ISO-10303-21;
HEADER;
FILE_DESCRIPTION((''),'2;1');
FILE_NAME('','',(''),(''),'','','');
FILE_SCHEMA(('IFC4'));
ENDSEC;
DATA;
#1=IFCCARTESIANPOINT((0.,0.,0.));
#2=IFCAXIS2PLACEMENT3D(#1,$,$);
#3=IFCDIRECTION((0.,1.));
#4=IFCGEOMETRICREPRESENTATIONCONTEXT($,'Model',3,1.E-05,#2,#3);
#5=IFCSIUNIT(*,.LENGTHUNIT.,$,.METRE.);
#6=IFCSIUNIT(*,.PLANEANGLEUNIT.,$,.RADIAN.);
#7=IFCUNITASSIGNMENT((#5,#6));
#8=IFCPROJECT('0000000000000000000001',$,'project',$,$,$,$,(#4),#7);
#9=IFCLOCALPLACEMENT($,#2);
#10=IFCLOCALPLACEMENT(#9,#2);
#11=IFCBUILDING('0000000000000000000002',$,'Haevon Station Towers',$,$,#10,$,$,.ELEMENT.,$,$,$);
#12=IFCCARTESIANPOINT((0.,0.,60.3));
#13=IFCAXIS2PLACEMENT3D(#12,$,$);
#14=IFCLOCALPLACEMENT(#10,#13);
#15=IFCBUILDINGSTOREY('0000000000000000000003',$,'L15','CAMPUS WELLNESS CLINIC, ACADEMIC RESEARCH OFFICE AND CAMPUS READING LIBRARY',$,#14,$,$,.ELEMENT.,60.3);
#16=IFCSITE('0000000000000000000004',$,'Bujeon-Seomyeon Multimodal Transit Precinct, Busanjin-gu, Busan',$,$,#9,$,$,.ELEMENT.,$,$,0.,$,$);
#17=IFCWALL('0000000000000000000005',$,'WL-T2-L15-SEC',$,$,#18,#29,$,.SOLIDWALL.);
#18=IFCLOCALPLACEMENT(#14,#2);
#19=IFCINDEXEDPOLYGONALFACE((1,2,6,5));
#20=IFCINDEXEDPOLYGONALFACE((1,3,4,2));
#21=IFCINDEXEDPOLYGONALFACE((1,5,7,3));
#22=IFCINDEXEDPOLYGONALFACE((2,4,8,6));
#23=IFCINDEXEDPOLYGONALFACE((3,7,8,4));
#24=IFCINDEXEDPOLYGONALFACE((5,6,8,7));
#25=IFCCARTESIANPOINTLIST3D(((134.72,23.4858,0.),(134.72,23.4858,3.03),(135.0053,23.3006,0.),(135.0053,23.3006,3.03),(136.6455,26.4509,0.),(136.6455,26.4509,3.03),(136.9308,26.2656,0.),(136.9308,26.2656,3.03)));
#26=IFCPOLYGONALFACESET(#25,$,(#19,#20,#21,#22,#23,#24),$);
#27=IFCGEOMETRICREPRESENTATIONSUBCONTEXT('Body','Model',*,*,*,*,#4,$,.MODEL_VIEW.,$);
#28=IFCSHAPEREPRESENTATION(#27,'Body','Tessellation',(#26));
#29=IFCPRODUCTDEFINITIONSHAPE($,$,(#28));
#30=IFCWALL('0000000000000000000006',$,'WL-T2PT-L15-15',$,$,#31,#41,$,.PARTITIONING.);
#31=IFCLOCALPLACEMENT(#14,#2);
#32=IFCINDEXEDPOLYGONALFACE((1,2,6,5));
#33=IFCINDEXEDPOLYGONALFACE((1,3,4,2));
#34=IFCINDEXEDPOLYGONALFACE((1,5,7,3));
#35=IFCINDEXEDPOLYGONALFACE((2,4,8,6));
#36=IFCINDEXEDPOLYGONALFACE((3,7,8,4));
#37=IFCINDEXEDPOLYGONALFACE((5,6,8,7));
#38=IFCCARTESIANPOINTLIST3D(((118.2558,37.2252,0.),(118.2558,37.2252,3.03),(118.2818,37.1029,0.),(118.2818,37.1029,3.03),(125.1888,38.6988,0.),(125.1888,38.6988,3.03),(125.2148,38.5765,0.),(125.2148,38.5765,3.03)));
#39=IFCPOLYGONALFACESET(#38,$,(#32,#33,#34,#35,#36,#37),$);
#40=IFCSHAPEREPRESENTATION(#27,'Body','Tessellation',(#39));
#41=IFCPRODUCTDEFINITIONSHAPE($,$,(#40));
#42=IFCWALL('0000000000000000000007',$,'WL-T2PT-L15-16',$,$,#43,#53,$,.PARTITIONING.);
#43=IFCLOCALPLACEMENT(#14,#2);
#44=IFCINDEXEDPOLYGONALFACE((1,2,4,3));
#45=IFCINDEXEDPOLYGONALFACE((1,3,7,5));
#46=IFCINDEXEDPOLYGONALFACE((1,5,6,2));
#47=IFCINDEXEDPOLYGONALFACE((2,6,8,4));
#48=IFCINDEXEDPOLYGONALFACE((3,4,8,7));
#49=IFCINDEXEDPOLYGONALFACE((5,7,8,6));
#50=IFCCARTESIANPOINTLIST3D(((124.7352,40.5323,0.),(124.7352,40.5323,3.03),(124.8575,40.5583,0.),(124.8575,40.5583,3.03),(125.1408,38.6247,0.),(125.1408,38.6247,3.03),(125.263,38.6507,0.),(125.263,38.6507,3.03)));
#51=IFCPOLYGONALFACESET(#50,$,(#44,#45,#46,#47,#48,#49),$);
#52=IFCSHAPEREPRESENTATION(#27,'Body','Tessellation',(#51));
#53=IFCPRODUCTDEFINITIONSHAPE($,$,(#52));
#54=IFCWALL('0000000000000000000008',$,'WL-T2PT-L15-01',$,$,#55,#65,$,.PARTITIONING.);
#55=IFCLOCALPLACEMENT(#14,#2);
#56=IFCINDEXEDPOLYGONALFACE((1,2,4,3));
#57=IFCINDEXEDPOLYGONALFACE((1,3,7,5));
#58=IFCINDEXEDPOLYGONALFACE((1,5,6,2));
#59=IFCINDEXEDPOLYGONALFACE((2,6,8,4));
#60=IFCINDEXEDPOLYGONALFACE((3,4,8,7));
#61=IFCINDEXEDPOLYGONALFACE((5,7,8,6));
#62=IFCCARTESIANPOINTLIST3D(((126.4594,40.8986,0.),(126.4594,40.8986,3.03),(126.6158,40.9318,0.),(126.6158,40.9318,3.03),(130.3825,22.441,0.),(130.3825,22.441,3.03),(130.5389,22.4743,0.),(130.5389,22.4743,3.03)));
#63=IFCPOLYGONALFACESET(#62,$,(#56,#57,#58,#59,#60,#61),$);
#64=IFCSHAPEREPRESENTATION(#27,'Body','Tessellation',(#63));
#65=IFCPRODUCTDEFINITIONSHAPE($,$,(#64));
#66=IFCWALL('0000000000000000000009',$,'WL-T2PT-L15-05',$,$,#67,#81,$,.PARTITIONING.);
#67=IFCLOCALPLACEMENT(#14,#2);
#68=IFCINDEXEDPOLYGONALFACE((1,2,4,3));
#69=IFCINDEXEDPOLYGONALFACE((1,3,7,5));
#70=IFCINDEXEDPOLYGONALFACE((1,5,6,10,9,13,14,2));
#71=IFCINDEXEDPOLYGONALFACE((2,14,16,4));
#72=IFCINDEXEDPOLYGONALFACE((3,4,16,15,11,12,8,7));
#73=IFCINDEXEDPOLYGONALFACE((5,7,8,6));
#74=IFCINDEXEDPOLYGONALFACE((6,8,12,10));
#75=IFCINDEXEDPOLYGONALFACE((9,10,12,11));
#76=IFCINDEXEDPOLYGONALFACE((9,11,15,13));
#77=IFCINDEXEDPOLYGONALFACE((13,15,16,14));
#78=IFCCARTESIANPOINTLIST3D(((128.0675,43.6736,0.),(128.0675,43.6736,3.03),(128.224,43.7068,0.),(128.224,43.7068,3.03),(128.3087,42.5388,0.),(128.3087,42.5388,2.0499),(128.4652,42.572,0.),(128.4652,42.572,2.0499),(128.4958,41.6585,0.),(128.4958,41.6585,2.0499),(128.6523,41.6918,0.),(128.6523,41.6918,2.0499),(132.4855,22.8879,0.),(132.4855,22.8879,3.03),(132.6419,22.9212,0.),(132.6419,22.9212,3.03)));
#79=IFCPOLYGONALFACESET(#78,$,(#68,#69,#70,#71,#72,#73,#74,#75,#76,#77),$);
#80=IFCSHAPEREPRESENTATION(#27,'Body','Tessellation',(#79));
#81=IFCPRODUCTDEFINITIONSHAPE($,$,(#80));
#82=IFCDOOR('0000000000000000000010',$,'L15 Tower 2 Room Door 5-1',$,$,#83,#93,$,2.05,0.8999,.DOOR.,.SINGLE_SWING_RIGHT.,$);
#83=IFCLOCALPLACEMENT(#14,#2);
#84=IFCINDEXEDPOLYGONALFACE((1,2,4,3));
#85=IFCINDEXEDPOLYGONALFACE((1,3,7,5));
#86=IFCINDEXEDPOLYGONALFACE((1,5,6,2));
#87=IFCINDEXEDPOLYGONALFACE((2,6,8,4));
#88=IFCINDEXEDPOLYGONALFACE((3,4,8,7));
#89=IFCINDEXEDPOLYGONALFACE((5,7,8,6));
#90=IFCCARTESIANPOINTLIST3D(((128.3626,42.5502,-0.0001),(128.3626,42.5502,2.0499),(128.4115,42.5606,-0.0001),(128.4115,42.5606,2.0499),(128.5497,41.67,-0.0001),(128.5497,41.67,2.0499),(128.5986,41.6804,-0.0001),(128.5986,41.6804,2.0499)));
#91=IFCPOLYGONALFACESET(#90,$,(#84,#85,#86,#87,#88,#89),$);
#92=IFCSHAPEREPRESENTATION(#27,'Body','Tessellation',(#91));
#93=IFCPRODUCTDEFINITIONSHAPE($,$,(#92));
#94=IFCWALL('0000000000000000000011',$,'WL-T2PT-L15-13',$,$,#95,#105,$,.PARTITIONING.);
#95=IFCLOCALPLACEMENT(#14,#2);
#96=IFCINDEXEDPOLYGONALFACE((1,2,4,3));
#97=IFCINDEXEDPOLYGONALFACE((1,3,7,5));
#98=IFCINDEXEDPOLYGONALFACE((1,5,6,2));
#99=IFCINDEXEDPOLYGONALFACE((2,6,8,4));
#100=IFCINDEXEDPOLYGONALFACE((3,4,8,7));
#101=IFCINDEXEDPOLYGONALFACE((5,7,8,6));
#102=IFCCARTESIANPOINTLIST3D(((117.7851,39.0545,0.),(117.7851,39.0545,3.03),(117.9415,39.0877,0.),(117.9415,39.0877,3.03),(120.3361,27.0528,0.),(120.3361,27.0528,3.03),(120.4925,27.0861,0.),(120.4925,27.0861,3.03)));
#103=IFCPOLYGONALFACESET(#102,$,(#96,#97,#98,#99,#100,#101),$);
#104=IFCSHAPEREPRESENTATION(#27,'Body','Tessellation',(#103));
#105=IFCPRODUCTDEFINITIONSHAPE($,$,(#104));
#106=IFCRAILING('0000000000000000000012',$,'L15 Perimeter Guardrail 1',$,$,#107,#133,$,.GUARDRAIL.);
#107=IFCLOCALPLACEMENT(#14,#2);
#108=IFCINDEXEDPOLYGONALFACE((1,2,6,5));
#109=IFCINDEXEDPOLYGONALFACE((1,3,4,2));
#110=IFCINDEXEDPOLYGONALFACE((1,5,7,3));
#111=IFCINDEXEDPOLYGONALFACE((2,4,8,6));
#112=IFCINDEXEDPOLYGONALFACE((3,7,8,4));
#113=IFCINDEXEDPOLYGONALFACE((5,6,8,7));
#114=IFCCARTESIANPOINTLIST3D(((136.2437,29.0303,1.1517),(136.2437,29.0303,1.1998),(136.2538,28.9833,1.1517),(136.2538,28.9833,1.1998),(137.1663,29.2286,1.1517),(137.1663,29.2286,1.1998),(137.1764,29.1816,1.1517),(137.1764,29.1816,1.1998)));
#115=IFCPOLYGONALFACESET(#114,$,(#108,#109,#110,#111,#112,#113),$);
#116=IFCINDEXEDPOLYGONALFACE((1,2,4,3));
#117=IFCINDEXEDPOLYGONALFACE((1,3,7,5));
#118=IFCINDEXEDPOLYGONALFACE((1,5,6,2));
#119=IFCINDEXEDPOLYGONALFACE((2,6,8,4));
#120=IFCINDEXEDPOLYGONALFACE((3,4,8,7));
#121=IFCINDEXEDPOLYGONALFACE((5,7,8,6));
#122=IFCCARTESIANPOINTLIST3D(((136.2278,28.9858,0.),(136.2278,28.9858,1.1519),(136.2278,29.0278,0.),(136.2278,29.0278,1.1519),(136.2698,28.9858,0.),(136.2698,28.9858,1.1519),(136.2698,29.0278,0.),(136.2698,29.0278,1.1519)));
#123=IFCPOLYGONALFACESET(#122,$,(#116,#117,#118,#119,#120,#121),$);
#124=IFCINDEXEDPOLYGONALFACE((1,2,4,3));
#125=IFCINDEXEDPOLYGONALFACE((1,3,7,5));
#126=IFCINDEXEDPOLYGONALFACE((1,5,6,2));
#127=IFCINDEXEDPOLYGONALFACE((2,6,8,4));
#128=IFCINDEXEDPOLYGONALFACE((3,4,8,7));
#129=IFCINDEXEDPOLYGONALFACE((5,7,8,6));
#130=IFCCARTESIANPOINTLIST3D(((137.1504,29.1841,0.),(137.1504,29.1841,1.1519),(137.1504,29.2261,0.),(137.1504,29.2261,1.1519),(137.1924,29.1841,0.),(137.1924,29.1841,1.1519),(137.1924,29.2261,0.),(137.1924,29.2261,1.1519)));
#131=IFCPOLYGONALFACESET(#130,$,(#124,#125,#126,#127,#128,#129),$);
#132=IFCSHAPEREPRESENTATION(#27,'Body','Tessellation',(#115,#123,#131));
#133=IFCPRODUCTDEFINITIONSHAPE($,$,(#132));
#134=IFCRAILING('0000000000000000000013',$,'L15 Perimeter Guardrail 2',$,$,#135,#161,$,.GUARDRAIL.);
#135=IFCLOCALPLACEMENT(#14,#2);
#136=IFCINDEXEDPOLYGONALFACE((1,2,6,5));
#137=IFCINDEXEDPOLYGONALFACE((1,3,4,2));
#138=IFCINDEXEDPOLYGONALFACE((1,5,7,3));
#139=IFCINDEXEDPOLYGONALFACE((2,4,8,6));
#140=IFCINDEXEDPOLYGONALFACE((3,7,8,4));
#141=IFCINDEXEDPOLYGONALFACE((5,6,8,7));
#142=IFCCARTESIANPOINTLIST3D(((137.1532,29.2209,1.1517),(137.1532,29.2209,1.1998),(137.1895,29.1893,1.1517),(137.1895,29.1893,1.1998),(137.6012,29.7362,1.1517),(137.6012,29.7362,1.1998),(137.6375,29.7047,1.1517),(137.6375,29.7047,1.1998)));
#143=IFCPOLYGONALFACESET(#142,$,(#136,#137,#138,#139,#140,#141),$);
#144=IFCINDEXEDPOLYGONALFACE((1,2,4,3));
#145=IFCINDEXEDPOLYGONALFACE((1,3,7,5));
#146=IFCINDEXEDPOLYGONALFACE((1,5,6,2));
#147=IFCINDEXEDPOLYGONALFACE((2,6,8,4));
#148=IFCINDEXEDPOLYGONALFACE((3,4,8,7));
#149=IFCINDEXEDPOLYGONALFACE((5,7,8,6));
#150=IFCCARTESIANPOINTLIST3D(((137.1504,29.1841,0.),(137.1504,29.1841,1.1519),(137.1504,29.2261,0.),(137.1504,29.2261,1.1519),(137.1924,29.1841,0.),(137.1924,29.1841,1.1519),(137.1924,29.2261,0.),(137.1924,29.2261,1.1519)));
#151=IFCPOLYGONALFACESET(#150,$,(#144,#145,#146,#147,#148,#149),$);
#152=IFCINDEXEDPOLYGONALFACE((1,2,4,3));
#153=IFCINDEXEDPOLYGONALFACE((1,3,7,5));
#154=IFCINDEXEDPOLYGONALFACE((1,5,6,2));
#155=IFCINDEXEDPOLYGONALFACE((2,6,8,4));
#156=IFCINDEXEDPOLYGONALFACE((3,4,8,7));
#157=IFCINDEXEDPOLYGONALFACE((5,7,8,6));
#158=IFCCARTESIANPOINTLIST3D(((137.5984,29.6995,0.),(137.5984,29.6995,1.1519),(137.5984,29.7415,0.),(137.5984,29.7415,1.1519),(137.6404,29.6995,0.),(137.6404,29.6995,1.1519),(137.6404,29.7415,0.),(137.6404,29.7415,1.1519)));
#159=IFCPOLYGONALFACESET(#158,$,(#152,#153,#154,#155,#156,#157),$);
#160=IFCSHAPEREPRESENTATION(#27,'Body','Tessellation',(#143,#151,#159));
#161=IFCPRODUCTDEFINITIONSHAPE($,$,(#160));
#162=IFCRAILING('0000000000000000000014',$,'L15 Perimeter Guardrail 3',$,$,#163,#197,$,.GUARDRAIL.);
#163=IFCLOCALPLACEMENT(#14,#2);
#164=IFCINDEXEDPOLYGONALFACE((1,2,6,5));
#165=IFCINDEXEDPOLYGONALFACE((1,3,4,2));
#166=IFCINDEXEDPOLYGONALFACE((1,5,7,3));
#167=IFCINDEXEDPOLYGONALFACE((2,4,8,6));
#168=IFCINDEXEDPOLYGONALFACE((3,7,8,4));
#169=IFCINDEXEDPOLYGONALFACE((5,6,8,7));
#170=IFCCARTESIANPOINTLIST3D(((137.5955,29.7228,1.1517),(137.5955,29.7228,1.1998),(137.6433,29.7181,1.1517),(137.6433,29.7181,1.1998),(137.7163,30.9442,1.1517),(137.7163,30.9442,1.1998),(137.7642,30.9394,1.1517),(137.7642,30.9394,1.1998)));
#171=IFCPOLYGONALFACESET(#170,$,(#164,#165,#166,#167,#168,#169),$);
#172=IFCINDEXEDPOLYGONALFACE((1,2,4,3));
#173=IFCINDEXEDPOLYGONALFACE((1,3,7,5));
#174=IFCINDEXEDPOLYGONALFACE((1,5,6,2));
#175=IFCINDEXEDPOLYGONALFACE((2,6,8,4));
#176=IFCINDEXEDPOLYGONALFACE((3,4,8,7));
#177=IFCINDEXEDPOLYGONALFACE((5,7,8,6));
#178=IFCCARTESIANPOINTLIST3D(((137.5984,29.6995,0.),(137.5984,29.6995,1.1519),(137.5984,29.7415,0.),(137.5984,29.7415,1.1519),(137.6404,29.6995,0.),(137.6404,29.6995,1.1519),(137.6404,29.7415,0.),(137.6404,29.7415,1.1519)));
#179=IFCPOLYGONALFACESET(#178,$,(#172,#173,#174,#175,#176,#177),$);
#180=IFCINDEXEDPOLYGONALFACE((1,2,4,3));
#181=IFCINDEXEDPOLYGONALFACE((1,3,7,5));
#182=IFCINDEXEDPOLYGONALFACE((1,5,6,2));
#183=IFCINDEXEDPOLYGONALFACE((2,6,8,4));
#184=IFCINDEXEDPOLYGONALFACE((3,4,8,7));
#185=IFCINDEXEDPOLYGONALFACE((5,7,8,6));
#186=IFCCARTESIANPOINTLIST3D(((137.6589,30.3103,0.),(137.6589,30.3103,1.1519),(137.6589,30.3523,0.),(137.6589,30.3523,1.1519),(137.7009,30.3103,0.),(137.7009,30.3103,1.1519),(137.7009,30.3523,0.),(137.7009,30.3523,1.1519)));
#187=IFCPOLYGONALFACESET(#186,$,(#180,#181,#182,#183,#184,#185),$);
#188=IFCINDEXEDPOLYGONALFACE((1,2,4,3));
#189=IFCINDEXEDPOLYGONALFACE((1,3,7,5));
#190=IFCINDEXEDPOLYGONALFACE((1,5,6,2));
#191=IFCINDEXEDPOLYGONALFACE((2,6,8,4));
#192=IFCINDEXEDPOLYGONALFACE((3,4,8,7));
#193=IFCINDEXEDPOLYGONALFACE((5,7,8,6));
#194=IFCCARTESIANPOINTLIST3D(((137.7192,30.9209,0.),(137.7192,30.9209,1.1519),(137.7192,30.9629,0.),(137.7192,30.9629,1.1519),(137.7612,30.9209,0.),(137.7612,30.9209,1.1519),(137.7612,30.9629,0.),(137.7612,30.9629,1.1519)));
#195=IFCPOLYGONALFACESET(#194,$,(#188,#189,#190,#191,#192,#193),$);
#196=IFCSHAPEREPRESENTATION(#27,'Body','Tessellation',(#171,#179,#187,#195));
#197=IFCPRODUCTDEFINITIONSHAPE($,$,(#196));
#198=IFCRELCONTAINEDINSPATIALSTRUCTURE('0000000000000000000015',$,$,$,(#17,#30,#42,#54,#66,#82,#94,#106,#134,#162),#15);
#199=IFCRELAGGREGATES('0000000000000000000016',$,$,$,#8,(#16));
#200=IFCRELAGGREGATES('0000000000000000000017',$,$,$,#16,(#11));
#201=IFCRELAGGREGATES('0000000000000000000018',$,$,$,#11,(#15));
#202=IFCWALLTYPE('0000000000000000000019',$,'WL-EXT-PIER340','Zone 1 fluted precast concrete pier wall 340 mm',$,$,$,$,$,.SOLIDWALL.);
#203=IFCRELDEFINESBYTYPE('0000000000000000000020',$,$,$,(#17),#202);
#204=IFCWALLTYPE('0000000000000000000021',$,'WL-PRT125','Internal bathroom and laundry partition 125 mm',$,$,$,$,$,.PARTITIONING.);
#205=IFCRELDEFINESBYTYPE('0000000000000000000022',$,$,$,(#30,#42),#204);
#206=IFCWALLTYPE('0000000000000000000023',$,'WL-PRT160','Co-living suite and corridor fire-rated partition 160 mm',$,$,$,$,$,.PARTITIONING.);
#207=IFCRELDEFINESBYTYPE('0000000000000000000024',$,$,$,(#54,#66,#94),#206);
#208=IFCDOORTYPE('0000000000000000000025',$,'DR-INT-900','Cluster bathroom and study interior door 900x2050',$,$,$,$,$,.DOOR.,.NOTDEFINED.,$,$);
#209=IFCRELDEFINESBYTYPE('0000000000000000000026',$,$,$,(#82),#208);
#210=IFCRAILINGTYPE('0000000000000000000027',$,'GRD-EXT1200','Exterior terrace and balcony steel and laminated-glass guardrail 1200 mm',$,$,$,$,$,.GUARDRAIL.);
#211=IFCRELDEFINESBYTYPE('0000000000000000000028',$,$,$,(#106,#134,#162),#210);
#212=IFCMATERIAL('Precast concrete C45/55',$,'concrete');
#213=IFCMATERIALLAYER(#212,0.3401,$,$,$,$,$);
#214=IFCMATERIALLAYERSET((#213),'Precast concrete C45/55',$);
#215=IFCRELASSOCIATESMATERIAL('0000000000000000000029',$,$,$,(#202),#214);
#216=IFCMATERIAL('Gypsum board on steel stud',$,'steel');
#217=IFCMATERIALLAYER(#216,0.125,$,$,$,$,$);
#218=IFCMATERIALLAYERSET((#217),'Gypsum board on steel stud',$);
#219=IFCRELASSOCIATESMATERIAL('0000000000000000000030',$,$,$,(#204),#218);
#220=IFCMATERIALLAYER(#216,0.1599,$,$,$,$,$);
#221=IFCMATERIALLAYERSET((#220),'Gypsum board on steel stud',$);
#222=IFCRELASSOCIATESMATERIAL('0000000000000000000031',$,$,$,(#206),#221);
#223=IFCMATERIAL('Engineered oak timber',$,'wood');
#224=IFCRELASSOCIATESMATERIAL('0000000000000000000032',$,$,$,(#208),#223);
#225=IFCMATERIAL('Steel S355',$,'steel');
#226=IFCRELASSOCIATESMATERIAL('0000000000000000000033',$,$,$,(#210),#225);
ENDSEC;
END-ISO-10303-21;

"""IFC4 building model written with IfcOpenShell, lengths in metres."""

from ifc_helpers import new_model, si_unit, direction, frame, frame_2d, origin, origin_2d, place, context, subcontext, project, spatial, rectangle, extrude, material, layer, layer_set, type_object, element, fill, save


model = new_model("IFC4")

# Units and contexts
model_context = context("Model", 3, precision=1e-05, world=origin(), true_north=direction((0.0, 1.0)))
body_context = subcontext(model_context, "Body", "Model", "MODEL_VIEW")
ifc_project = project(units=[si_unit("LENGTHUNIT", "METRE"), si_unit("PLANEANGLEUNIT", "RADIAN")], contexts=[model_context])

# Site, building, storey
site_placement = place(None, origin())
site = spatial("IfcSite", under=ifc_project, at=site_placement, Name="Bujeon-Seomyeon Multimodal Transit Precinct, Busanjin-gu, Busan", CompositionType="ELEMENT", RefElevation=0.0)
building_placement = place(site_placement, origin())
building = spatial("IfcBuilding", under=site, at=building_placement, Name="Haevon Station Towers", CompositionType="ELEMENT")
storey_placement = place(building_placement, frame((0.0, 0.0, 60.3)))
storey = spatial("IfcBuildingStorey", under=building, at=storey_placement, Name="L15", Description="CAMPUS WELLNESS CLINIC, ACADEMIC RESEARCH OFFICE AND CAMPUS READING LIBRARY", CompositionType="ELEMENT", Elevation=60.3)

# Shared definitions
ifc_material_1 = material(Name="Steel S355", Category="steel")

# Shared definitions
ifc_material_2 = material(Name="Precast concrete C45/55", Category="concrete")
ifc_layer_1 = layer(ifc_material_2, 0.3401)
ifc_layer_set_1 = layer_set([ifc_layer_1], Name="Precast concrete C45/55")
wall_type_1 = type_object("IfcWallType", Name="WL-EXT-PIER340", Description="Zone 1 fluted precast concrete pier wall 340 mm", PredefinedType="SOLIDWALL", material=ifc_layer_set_1)

# Walls
wall_1_placement = place(storey_placement, frame((136.7881, 26.3582, 0.0), z_axis=(0.0, 0.0, 1.0), x_axis=(-0.544636, -0.838672, 0.0)))
element("IfcWall", 1, at=wall_1_placement, inside=storey, type_object=wall_type_1, Name="WL-T2-L15-SEC", PredefinedType="SOLIDWALL", context=body_context, shape_type="SweptSolid", body=[
    extrude(rectangle(XDim=3.5354, YDim=0.3401, at=frame_2d((1.7676, 0.0))), origin(), (0.0, 0.0, 1.0), 3.03),
])
ifc_material_3 = material(Name="Gypsum board on steel stud", Category="steel")
ifc_layer_2 = layer(ifc_material_3, 0.125)
ifc_layer_set_2 = layer_set([ifc_layer_2], Name="Gypsum board on steel stud")
wall_type_2 = type_object("IfcWallType", Name="WL-PRT125", Description="Internal bathroom and laundry partition 125 mm", PredefinedType="PARTITIONING", material=ifc_layer_set_2)
wall_2_placement = place(storey_placement, frame((118.2688, 37.1641, 0.0), z_axis=(0.0, 0.0, 1.0), x_axis=(0.978149, 0.207906, 0.0)))
element("IfcWall", 2, at=wall_2_placement, inside=storey, type_object=wall_type_2, Name="WL-T2PT-L15-15", PredefinedType="PARTITIONING", context=body_context, shape_type="SweptSolid", body=[
    extrude(rectangle(XDim=7.0879, YDim=0.125, at=frame_2d((3.5439, 0.0))), origin(), (0.0, 0.0, 1.0), 3.03),
])
wall_3_placement = place(storey_placement, frame((125.2019, 38.6377, 0.0), z_axis=(0.0, 0.0, 1.0), x_axis=(-0.207947, 0.97814, 0.0)))
element("IfcWall", 3, at=wall_3_placement, inside=storey, type_object=wall_type_2, Name="WL-T2PT-L15-16", PredefinedType="PARTITIONING", context=body_context, shape_type="SweptSolid", body=[
    extrude(rectangle(XDim=1.9502, YDim=0.125, at=frame_2d((0.9751, 0.0))), origin(), (0.0, 0.0, 1.0), 3.03),
])
ifc_layer_3 = layer(ifc_material_3, 0.1599)
ifc_layer_set_3 = layer_set([ifc_layer_3], Name="Gypsum board on steel stud")
wall_type_3 = type_object("IfcWallType", Name="WL-PRT160", Description="Co-living suite and corridor fire-rated partition 160 mm", PredefinedType="PARTITIONING", material=ifc_layer_set_3)
wall_4_placement = place(storey_placement, frame((130.4607, 22.4575, 0.0), z_axis=(0.0, 0.0, 1.0), x_axis=(-0.207903, 0.978149, 0.0)))
element("IfcWall", 4, at=wall_4_placement, inside=storey, type_object=wall_type_3, Name="WL-T2PT-L15-01", PredefinedType="PARTITIONING", context=body_context, shape_type="SweptSolid", body=[
    extrude(rectangle(XDim=18.8699, YDim=0.1599, at=frame_2d((9.4351, 0.0))), origin(), (0.0, 0.0, 1.0), 3.03),
])

# Wall, opening, door
wall_5_placement = place(storey_placement, frame((132.5637, 22.9045, 0.0), z_axis=(0.0, 0.0, 1.0), x_axis=(-0.207905, 0.978149, 0.0)))
wall_5 = element("IfcWall", 5, at=wall_5_placement, inside=storey, type_object=wall_type_3, Name="WL-T2PT-L15-05", PredefinedType="PARTITIONING", context=body_context, shape_type="SweptSolid", body=[
    extrude(rectangle(XDim=21.25, YDim=0.1599, at=frame_2d((10.625, 0.0))), origin(), (0.0, 0.0, 1.0), 3.03),
])
opening_1_placement = place(wall_5_placement, frame((19.1899, 0.0, 0.0)))
opening_1 = element("IfcOpeningElement", 6, at=opening_1_placement, cuts=wall_5, PredefinedType="OPENING", context=body_context, shape_type="SweptSolid", body=[
    extrude(rectangle(XDim=0.8999, YDim=2.05, at=frame_2d((0.45, 1.0249))), frame((0.0, 0.0898, 0.0), z_axis=(0.0, -1.0, 0.0), x_axis=(1.0, 0.0, 0.0)), (0.0, 0.0, 1.0), 0.1799),
])
ifc_material_4 = material(Name="Engineered oak timber", Category="wood")
door_type_1 = type_object("IfcDoorType", Name="DR-INT-900", Description="Cluster bathroom and study interior door 900x2050", OperationType="NOTDEFINED", PredefinedType="DOOR", material=ifc_material_4)
door_1_placement = place(opening_1_placement, origin())
door_1 = element("IfcDoor", 7, at=door_1_placement, inside=storey, type_object=door_type_1, Name="L15 Tower 2 Room Door 5-1", OperationType="SINGLE_SWING_RIGHT", OverallHeight=2.05, OverallWidth=0.8999, PredefinedType="DOOR", context=body_context, shape_type="SweptSolid", body=[
    extrude(rectangle(XDim=0.8999, YDim=2.05, at=frame_2d((0.45, 1.0249))), frame((0.0, 0.0249, 0.0), z_axis=(0.0, -1.0, 0.0), x_axis=(1.0, 0.0, 0.0)), (0.0, 0.0, 1.0), 0.05),
])
fill(opening_1, door_1)

# Wall
wall_6_placement = place(storey_placement, frame((120.4143, 27.0696, 0.0), z_axis=(0.0, 0.0, 1.0), x_axis=(-0.20791, 0.978148, 0.0)))
element("IfcWall", 8, at=wall_6_placement, inside=storey, type_object=wall_type_3, Name="WL-T2PT-L15-13", PredefinedType="PARTITIONING", context=body_context, shape_type="SweptSolid", body=[
    extrude(rectangle(XDim=12.2698, YDim=0.1599, at=frame_2d((6.1348, 0.0))), origin(), (0.0, 0.0, 1.0), 3.03),
])

# Railings
railing_type = type_object("IfcRailingType", Name="GRD-EXT1200", Description="Exterior terrace and balcony steel and laminated-glass guardrail 1200 mm", PredefinedType="GUARDRAIL", material=ifc_material_1)
railing_1_placement = place(storey_placement, frame((136.2488, 29.0068, 0.0)))
element("IfcRailing", 9, at=railing_1_placement, inside=storey, type_object=railing_type, Name="L15 Perimeter Guardrail 1", PredefinedType="GUARDRAIL", context=body_context, shape_type="SweptSolid", body=[
    extrude(rectangle(XDim=0.0481, YDim=0.0481, at=origin_2d()), frame((0.0, 0.0, 1.1758), z_axis=(0.977685, 0.210077, 0.0), x_axis=(-0.210077, 0.977685, 0.0)), (0.0, 0.0, 1.0), 0.9436),
    extrude(rectangle(XDim=0.042, YDim=0.042, at=origin_2d()), origin(), (0.0, 0.0, 1.0), 1.1519),
    extrude(rectangle(XDim=0.042, YDim=0.042, at=origin_2d()), frame((0.9226, 0.1982, 0.0)), (0.0, 0.0, 1.0), 1.1519),
])
railing_2_placement = place(storey_placement, frame((137.1714, 29.2051, 0.0)))
element("IfcRailing", 10, at=railing_2_placement, inside=storey, type_object=railing_type, Name="L15 Perimeter Guardrail 2", PredefinedType="GUARDRAIL", context=body_context, shape_type="SweptSolid", body=[
    extrude(rectangle(XDim=0.0481, YDim=0.0481, at=origin_2d()), frame((0.0, 0.0, 1.1758), z_axis=(0.656046, 0.754721, 0.0), x_axis=(-0.754721, 0.656046, 0.0)), (0.0, 0.0, 1.0), 0.6829),
    extrude(rectangle(XDim=0.042, YDim=0.042, at=origin_2d()), origin(), (0.0, 0.0, 1.0), 1.1519),
    extrude(rectangle(XDim=0.042, YDim=0.042, at=origin_2d()), frame((0.448, 0.5154, 0.0)), (0.0, 0.0, 1.0), 1.1519),
])
railing_3_placement = place(storey_placement, frame((137.6194, 29.7205, 0.0)))
element("IfcRailing", 11, at=railing_3_placement, inside=storey, type_object=railing_type, Name="L15 Perimeter Guardrail 3", PredefinedType="GUARDRAIL", context=body_context, shape_type="SweptSolid", body=[
    extrude(rectangle(XDim=0.0481, YDim=0.0481, at=origin_2d()), frame((0.0, 0.0, 1.1758), z_axis=(0.09846, 0.995141, 0.0), x_axis=(-0.995141, 0.09846, 0.0)), (0.0, 0.0, 1.0), 1.2273),
    extrude(rectangle(XDim=0.042, YDim=0.042, at=origin_2d()), origin(), (0.0, 0.0, 1.0), 1.1519),
    extrude(rectangle(XDim=0.042, YDim=0.042, at=origin_2d()), frame((0.0605, 0.6108, 0.0)), (0.0, 0.0, 1.0), 1.1519),
    extrude(rectangle(XDim=0.042, YDim=0.042, at=origin_2d()), frame((0.1208, 1.2214, 0.0)), (0.0, 0.0, 1.0), 1.1519),
])

save(model, "model.ifc")
